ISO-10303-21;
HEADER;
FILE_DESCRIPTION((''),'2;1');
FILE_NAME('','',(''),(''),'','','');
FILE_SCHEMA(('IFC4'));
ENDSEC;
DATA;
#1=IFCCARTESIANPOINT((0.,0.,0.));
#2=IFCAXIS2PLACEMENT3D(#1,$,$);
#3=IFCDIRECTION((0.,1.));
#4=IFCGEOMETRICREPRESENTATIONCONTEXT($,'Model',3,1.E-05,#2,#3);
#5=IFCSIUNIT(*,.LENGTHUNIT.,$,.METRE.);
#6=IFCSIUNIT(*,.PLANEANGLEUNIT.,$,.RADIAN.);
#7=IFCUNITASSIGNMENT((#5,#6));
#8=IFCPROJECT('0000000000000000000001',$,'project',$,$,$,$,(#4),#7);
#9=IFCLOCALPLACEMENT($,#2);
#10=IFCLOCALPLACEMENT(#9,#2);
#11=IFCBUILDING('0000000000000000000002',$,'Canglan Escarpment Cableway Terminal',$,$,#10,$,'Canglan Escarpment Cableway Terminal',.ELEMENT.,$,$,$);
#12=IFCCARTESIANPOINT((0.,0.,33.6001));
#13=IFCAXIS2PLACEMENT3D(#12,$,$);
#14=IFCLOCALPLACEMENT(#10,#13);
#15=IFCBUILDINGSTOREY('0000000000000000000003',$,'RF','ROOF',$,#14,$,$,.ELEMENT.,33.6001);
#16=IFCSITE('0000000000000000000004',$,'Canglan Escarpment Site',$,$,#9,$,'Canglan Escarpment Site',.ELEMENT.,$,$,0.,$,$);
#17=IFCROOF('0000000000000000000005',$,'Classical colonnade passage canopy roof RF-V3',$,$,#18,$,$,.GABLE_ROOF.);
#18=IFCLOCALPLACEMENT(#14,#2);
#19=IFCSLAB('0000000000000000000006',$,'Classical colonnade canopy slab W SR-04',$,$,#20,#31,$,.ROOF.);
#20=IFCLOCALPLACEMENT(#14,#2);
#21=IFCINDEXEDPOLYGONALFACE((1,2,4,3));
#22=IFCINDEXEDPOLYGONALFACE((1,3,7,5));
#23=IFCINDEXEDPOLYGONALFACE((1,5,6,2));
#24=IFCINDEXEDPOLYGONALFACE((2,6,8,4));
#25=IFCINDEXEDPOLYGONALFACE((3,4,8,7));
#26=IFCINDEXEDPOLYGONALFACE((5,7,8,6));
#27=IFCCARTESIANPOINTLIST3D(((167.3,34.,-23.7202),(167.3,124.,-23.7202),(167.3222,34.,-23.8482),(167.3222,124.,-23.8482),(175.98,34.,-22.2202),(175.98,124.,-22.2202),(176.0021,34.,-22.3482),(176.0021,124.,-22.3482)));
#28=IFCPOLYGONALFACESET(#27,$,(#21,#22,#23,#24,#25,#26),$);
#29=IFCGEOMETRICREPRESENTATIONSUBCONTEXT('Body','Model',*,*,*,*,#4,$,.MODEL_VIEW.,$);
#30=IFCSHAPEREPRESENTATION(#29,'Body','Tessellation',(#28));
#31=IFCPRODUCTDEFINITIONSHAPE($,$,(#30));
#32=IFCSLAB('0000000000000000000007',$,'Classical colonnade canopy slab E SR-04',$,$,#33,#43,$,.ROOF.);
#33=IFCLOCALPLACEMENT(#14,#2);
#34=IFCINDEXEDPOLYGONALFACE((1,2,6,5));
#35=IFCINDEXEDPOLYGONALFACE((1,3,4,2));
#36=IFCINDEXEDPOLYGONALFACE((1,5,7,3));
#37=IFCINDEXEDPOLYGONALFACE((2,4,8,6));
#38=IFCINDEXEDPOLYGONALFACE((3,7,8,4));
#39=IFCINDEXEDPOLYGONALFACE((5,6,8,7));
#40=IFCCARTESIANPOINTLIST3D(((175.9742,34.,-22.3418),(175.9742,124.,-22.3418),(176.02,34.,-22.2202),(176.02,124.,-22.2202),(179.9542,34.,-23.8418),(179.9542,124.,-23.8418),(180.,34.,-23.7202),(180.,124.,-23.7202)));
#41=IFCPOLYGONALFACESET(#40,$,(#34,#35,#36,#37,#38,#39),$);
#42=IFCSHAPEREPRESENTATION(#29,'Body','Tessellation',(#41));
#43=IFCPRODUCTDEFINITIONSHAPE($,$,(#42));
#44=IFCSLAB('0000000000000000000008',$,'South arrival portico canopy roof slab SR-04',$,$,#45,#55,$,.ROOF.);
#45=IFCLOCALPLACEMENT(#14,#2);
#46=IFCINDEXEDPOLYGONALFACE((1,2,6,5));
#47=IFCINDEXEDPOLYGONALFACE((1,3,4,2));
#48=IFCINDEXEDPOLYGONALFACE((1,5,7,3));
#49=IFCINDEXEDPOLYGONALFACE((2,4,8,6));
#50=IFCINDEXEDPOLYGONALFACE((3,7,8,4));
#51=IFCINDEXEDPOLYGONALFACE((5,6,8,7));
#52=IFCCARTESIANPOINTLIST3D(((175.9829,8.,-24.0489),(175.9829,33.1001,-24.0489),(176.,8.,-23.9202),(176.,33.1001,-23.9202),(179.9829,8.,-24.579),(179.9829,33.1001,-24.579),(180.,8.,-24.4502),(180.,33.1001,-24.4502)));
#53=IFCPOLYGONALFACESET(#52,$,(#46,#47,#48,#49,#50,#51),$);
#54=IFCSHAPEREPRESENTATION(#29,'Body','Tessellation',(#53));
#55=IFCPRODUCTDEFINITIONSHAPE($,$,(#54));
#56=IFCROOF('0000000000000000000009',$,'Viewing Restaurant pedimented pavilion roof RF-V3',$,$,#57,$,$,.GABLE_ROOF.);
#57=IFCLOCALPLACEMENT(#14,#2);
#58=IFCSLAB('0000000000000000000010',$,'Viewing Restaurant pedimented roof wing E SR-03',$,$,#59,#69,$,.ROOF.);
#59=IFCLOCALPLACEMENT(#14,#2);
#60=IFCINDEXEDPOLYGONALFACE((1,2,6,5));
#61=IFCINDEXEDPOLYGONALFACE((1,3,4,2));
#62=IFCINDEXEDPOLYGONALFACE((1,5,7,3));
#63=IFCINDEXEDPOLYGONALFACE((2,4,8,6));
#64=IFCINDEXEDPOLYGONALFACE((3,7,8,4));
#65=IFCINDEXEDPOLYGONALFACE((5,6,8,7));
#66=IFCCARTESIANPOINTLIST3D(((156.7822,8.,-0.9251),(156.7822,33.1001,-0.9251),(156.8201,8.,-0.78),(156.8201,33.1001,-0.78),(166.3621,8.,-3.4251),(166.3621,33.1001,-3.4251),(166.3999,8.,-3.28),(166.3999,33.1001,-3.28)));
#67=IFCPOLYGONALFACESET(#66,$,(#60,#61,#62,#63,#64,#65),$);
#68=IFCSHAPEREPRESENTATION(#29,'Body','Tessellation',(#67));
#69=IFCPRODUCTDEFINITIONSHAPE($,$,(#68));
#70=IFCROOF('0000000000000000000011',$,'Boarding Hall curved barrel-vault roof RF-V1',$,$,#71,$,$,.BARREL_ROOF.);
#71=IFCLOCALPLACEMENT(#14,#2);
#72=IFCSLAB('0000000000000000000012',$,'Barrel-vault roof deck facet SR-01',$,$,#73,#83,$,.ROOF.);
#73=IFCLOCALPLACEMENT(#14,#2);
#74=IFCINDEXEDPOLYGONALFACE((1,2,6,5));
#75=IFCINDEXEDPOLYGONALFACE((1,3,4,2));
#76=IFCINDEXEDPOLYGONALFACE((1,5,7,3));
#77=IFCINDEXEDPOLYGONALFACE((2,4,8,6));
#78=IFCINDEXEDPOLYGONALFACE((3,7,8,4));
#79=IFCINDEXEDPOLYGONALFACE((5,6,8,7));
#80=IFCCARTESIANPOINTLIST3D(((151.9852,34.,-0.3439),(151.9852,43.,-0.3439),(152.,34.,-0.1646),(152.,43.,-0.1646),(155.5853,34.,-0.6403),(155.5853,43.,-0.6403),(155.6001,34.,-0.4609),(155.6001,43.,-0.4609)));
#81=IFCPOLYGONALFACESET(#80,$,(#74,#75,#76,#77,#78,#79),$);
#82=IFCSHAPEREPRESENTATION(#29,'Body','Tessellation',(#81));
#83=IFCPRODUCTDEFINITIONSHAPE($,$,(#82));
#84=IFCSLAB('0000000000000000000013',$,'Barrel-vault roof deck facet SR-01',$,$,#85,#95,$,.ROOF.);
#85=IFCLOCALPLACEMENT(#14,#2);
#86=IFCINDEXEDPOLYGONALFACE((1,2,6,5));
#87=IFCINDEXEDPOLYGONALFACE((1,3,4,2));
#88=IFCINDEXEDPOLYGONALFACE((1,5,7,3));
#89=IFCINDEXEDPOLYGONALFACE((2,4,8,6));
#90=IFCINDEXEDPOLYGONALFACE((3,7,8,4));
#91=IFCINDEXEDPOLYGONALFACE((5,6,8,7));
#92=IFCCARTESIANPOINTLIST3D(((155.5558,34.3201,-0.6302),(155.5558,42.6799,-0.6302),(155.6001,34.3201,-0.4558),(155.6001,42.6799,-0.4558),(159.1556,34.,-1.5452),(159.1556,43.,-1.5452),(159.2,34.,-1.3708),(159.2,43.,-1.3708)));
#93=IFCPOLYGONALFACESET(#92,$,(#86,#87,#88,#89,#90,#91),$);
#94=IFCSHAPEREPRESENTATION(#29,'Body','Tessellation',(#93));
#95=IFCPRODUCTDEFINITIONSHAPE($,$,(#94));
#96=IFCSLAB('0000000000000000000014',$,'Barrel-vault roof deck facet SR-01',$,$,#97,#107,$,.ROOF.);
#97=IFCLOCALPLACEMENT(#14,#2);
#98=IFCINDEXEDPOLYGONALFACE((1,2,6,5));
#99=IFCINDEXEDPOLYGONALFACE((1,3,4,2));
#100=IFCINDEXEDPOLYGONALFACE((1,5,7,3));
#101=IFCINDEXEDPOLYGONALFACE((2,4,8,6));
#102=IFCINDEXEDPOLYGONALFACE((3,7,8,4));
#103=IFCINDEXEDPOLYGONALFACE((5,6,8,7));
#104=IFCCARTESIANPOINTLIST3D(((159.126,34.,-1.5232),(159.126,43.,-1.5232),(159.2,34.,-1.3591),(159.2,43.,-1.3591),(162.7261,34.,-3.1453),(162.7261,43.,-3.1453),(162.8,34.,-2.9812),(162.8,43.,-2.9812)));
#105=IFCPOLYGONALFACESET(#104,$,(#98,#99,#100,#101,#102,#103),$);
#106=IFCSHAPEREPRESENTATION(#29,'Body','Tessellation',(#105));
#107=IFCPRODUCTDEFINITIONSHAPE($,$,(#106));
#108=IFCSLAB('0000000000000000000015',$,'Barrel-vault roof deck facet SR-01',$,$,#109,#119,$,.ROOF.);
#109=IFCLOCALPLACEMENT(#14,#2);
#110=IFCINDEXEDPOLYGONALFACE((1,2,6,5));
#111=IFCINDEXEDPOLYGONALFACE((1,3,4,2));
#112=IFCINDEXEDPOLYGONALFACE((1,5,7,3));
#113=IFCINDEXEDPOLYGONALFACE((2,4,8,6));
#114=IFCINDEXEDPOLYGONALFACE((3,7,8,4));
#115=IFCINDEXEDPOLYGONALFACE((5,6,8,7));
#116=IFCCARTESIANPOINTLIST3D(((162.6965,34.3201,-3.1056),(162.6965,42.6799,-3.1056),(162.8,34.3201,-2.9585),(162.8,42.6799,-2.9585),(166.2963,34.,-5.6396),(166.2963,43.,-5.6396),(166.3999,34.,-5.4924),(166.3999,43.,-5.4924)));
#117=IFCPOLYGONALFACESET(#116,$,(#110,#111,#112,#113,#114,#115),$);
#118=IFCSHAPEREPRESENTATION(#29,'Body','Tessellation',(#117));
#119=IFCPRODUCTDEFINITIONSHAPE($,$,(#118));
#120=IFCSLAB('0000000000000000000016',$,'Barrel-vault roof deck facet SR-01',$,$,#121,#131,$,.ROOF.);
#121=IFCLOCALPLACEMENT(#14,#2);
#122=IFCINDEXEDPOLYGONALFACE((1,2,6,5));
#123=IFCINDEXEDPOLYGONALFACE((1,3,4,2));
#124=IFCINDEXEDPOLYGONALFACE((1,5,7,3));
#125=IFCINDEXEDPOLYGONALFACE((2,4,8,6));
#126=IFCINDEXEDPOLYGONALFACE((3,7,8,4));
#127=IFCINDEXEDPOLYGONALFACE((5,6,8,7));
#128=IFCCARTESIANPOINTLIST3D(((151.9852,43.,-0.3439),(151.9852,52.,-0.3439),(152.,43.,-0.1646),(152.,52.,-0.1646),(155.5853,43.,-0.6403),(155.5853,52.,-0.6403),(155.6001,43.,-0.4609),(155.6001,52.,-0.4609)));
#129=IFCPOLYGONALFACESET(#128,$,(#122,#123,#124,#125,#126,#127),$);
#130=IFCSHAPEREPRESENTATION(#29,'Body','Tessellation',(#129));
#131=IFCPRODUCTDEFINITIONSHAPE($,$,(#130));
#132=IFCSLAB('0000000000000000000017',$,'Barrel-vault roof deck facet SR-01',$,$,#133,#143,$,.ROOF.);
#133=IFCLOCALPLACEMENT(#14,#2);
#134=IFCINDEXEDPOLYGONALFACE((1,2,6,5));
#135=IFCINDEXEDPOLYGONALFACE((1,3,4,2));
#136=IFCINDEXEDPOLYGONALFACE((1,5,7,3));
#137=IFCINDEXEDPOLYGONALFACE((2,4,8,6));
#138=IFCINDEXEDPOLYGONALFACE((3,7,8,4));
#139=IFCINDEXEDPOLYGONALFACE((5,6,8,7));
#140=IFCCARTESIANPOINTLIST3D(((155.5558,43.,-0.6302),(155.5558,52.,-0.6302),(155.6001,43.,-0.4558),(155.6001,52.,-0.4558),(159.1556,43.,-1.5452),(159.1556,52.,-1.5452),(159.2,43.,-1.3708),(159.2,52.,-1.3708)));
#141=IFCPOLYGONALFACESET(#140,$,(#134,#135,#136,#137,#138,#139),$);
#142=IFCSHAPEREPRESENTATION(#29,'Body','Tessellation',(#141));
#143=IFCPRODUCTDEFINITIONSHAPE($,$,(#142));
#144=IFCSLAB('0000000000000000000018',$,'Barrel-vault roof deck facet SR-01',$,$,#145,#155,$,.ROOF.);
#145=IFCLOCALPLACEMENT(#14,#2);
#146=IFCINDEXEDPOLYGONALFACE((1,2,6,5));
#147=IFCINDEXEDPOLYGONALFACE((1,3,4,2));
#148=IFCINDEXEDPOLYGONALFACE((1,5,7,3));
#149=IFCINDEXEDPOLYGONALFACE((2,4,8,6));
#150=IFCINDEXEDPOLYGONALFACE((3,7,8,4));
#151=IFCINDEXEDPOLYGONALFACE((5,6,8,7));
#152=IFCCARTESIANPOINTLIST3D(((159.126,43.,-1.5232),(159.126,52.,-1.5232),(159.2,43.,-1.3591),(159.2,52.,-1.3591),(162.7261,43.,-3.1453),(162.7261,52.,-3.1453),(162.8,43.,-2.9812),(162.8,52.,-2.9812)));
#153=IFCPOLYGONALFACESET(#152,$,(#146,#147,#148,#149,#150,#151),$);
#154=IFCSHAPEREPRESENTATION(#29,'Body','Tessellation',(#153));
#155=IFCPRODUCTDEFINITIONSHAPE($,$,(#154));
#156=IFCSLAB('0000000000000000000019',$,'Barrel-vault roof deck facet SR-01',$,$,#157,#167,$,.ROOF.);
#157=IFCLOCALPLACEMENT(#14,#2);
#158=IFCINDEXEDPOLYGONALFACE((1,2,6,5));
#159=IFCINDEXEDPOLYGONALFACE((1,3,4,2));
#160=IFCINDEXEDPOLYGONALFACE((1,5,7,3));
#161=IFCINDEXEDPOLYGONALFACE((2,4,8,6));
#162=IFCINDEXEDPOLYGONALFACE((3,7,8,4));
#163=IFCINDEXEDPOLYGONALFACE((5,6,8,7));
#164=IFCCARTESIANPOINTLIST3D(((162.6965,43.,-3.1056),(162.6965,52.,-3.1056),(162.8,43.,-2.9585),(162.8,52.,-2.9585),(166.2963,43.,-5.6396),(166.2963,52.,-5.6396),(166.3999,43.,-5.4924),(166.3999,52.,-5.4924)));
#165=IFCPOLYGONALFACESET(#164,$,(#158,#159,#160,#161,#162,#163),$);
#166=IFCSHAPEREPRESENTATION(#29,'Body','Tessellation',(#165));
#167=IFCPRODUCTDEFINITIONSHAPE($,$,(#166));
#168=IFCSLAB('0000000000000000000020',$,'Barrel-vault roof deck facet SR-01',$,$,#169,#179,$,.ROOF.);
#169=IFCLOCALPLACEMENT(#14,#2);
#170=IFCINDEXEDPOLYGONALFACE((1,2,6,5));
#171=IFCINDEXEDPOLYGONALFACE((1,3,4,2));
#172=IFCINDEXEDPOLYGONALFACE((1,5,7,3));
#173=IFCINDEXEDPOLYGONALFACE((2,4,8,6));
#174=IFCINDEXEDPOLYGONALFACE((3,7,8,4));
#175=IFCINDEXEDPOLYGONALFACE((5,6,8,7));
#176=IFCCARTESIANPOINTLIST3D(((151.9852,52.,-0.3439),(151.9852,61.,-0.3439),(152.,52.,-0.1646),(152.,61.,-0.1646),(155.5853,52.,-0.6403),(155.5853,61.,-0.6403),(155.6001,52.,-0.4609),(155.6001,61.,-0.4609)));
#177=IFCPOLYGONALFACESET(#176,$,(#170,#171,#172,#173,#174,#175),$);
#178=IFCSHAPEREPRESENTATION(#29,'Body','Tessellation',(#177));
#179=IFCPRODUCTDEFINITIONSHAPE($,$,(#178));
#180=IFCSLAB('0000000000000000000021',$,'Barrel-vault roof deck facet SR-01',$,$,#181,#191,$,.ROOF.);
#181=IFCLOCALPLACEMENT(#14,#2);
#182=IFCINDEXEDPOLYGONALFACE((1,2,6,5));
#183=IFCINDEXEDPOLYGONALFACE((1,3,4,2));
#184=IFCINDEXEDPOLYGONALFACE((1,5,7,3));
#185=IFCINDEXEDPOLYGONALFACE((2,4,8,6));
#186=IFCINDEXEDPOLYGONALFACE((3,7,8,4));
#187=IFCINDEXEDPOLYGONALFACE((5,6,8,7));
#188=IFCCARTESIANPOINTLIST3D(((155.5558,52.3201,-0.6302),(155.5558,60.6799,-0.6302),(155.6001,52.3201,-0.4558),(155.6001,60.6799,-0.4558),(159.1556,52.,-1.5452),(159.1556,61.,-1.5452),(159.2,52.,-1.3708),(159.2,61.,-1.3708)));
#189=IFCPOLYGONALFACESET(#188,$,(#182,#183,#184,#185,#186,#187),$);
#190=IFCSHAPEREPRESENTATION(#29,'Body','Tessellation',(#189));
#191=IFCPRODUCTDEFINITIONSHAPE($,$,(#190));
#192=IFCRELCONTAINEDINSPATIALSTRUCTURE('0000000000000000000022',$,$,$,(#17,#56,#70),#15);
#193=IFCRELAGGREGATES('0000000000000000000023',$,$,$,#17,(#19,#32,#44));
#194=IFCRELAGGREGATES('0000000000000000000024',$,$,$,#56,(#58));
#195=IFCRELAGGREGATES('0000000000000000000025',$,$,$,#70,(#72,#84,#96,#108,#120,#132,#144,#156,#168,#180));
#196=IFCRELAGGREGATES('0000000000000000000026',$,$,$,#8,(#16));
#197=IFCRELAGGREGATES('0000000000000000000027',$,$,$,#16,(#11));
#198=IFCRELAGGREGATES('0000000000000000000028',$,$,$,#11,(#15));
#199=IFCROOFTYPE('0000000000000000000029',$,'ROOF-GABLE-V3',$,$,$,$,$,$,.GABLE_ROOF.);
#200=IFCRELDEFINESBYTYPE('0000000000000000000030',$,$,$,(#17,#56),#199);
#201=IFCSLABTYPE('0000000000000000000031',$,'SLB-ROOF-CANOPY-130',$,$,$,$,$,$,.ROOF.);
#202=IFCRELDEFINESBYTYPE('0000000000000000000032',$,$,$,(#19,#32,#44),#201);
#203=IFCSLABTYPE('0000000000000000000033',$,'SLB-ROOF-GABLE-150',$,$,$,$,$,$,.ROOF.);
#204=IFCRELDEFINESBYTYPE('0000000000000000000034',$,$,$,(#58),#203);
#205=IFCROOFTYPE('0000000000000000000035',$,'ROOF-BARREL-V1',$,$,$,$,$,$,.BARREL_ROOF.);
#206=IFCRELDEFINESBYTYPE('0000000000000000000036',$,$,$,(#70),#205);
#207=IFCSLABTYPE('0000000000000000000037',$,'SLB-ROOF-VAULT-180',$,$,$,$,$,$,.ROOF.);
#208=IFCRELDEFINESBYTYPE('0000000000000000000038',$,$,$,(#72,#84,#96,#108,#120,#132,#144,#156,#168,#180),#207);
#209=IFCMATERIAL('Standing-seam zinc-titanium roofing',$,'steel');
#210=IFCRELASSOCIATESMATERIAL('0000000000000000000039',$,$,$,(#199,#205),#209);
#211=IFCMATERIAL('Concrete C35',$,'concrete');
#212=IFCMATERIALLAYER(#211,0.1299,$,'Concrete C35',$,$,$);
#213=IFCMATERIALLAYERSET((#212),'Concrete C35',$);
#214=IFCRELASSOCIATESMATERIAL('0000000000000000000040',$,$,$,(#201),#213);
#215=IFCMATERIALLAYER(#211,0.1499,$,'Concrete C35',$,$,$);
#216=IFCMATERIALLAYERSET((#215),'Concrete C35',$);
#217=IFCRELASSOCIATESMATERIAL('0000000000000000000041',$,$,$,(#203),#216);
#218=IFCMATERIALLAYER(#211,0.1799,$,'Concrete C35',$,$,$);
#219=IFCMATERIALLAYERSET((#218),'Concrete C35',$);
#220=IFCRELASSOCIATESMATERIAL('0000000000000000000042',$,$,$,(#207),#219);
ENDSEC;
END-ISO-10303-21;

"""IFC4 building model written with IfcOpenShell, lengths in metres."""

from ifc_helpers import new_model, si_unit, direction, frame, origin, place, context, subcontext, project, spatial, polyline, outline, extrude, material, layer, layer_set, type_object, element, aggregate, save


model = new_model("IFC4")

# Units and contexts
model_context = context("Model", 3, precision=1e-05, world=origin(), true_north=direction((0.0, 1.0)))
body_context = subcontext(model_context, "Body", "Model", "MODEL_VIEW")
ifc_project = project(units=[si_unit("LENGTHUNIT", "METRE"), si_unit("PLANEANGLEUNIT", "RADIAN")], contexts=[model_context])

# Site, building, storey
site_placement = place(None, origin())
site = spatial("IfcSite", under=ifc_project, at=site_placement, Name="Canglan Escarpment Site", LongName="Canglan Escarpment Site", CompositionType="ELEMENT", RefElevation=0.0)
building_placement = place(site_placement, origin())
building = spatial("IfcBuilding", under=site, at=building_placement, Name="Canglan Escarpment Cableway Terminal", LongName="Canglan Escarpment Cableway Terminal", CompositionType="ELEMENT")
storey_placement = place(building_placement, frame((0.0, 0.0, 33.6001)))
storey = spatial("IfcBuildingStorey", under=building, at=storey_placement, Name="RF", Description="ROOF", CompositionType="ELEMENT", Elevation=33.6001)

# Roof, slabs
ifc_material_1 = material(Name="Standing-seam zinc-titanium roofing", Category="steel")
roof_type_1 = type_object("IfcRoofType", Name="ROOF-GABLE-V3", PredefinedType="GABLE_ROOF", material=ifc_material_1)
roof_1_placement = place(storey_placement, origin())
roof_1 = element("IfcRoof", 1, at=roof_1_placement, inside=storey, type_object=roof_type_1, Name="Classical colonnade passage canopy roof RF-V3", PredefinedType="GABLE_ROOF")
ifc_material_2 = material(Name="Concrete C35", Category="concrete")
ifc_layer_1 = layer(ifc_material_2, 0.1299, Name="Concrete C35")
ifc_layer_set_1 = layer_set([ifc_layer_1], Name="Concrete C35")
slab_type_1 = type_object("IfcSlabType", Name="SLB-ROOF-CANOPY-130", PredefinedType="ROOF", material=ifc_layer_set_1)
slab_1_placement = place(storey_placement, frame((167.3, 34.0, -23.7202), z_axis=(-0.170288, 0.0, 0.985394), x_axis=(0.985394, 0.0, 0.170288)))
slab_1 = element("IfcSlab", 2, at=slab_1_placement, type_object=slab_type_1, Name="Classical colonnade canopy slab W SR-04", PredefinedType="ROOF", context=body_context, shape_type="SweptSolid", body=[
    extrude(outline(polyline([(0.0, 0.0), (8.8086, 0.0), (8.8086, 90.0), (0.0, 90.0), (0.0, 0.0)])), origin(), (0.0, 0.0, -1.0), 0.1299),
])
slab_2_placement = place(storey_placement, frame((176.02, 34.0, -22.2202), z_axis=(0.35267, 0.0, 0.935748), x_axis=(0.935748, 0.0, -0.35267)))
slab_2 = element("IfcSlab", 3, at=slab_2_placement, type_object=slab_type_1, Name="Classical colonnade canopy slab E SR-04", PredefinedType="ROOF", context=body_context, shape_type="SweptSolid", body=[
    extrude(outline(polyline([(0.0, 0.0), (4.2533, 0.0), (4.2533, 90.0), (0.0, 90.0), (0.0, 0.0)])), origin(), (0.0, 0.0, -1.0), 0.1299),
])
slab_3_placement = place(storey_placement, frame((176.0, 8.0, -23.9202), z_axis=(0.131359, 0.0, 0.991335), x_axis=(0.991335, 0.0, -0.131359)))
slab_3 = element("IfcSlab", 4, at=slab_3_placement, type_object=slab_type_1, Name="South arrival portico canopy roof slab SR-04", PredefinedType="ROOF", context=body_context, shape_type="SweptSolid", body=[
    extrude(outline(polyline([(0.0, 0.0), (4.035, 0.0), (4.035, 25.1001), (0.0, 25.1001), (0.0, 0.0)])), origin(), (0.0, 0.0, -1.0), 0.1299),
])
aggregate(roof_1, [slab_1, slab_2, slab_3])

# Roof, slab
roof_2_placement = place(storey_placement, origin())
roof_2 = element("IfcRoof", 5, at=roof_2_placement, inside=storey, type_object=roof_type_1, Name="Viewing Restaurant pedimented pavilion roof RF-V3", PredefinedType="GABLE_ROOF")
ifc_layer_2 = layer(ifc_material_2, 0.1499, Name="Concrete C35")
ifc_layer_set_2 = layer_set([ifc_layer_2], Name="Concrete C35")
slab_type_2 = type_object("IfcSlabType", Name="SLB-ROOF-GABLE-150", PredefinedType="ROOF", material=ifc_layer_set_2)
slab_4_placement = place(storey_placement, frame((156.8201, 8.0, -0.78), z_axis=(0.252508, 0.0, 0.967595), x_axis=(0.967595, 0.0, -0.252508)))
slab_4 = element("IfcSlab", 6, at=slab_4_placement, type_object=slab_type_2, Name="Viewing Restaurant pedimented roof wing E SR-03", PredefinedType="ROOF", context=body_context, shape_type="SweptSolid", body=[
    extrude(outline(polyline([(0.0, 0.0), (9.9007, 0.0), (9.9007, 25.1001), (0.0, 25.1001), (0.0, 0.0)])), origin(), (0.0, 0.0, -1.0), 0.1499),
])
aggregate(roof_2, [slab_4])

# Roof, slabs
roof_type_2 = type_object("IfcRoofType", Name="ROOF-BARREL-V1", PredefinedType="BARREL_ROOF", material=ifc_material_1)
roof_3_placement = place(storey_placement, origin())
roof_3 = element("IfcRoof", 7, at=roof_3_placement, inside=storey, type_object=roof_type_2, Name="Boarding Hall curved barrel-vault roof RF-V1", PredefinedType="BARREL_ROOF")
ifc_layer_3 = layer(ifc_material_2, 0.1799, Name="Concrete C35")
ifc_layer_set_3 = layer_set([ifc_layer_3], Name="Concrete C35")
slab_type_3 = type_object("IfcSlabType", Name="SLB-ROOF-VAULT-180", PredefinedType="ROOF", material=ifc_layer_set_3)
slab_5_placement = place(storey_placement, frame((152.0, 34.0, -0.1646), z_axis=(0.08205, 0.0, 0.996628), x_axis=(0.996628, 0.0, -0.08205)))
slab_5 = element("IfcSlab", 8, at=slab_5_placement, type_object=slab_type_3, Name="Barrel-vault roof deck facet SR-01", PredefinedType="ROOF", context=body_context, shape_type="SweptSolid", body=[
    extrude(outline(polyline([(0.0, 0.0), (3.6123, 0.0), (3.6123, 9.0), (0.0, 9.0), (0.0, 0.0)])), origin(), (0.0, 0.0, -1.0), 0.1799),
])
slab_6_placement = place(storey_placement, frame((155.6001, 34.3201, -0.4558), z_axis=(0.246354, 0.0, 0.96918), x_axis=(0.965602, -0.085853, -0.245444)))
slab_6 = element("IfcSlab", 9, at=slab_6_placement, type_object=slab_type_3, Name="Barrel-vault roof deck facet SR-01", PredefinedType="ROOF", context=body_context, shape_type="SweptSolid", body=[
    extrude(outline(polyline([(0.0, 0.0), (3.7281, 0.0), (2.9554, 8.9668), (-0.7177, 8.329), (0.0, 0.0)])), origin(), (0.0, 0.0, -1.0), 0.1799),
])
slab_7_placement = place(storey_placement, frame((159.2, 34.0, -1.3591), z_axis=(0.410791, 0.0, 0.911729), x_axis=(0.911729, 0.0, -0.410791)))
slab_7 = element("IfcSlab", 10, at=slab_7_placement, type_object=slab_type_3, Name="Barrel-vault roof deck facet SR-01", PredefinedType="ROOF", context=body_context, shape_type="SweptSolid", body=[
    extrude(outline(polyline([(0.0, 0.0), (3.9486, 0.0), (3.9486, 9.0), (0.0, 9.0), (0.0, 0.0)])), origin(), (0.0, 0.0, -1.0), 0.1799),
])
slab_8_placement = place(storey_placement, frame((162.8, 34.3201, -2.9585), z_axis=(0.575601, 0.0, 0.817731), x_axis=(0.815578, -0.072514, -0.574085)))
slab_8 = element("IfcSlab", 11, at=slab_8_placement, type_object=slab_type_3, Name="Barrel-vault roof deck facet SR-01", PredefinedType="ROOF", context=body_context, shape_type="SweptSolid", body=[
    extrude(outline(polyline([(0.0, 0.0), (4.4139, 0.0), (3.7612, 8.9763), (-0.6062, 8.3379), (0.0, 0.0)])), origin(), (0.0, 0.0, -1.0), 0.1799),
])
slab_9_placement = place(storey_placement, frame((152.0, 43.0, -0.1646), z_axis=(0.08205, 0.0, 0.996628), x_axis=(0.996628, 0.0, -0.08205)))
slab_9 = element("IfcSlab", 12, at=slab_9_placement, type_object=slab_type_3, Name="Barrel-vault roof deck facet SR-01", PredefinedType="ROOF", context=body_context, shape_type="SweptSolid", body=[
    extrude(outline(polyline([(0.0, 0.0), (3.6123, 0.0), (3.6123, 9.0), (0.0, 9.0), (0.0, 0.0)])), origin(), (0.0, 0.0, -1.0), 0.1799),
])
slab_10_placement = place(storey_placement, frame((155.6001, 43.0, -0.4558), z_axis=(0.246354, 0.0, 0.96918), x_axis=(0.96918, 0.0, -0.246354)))
slab_10 = element("IfcSlab", 13, at=slab_10_placement, type_object=slab_type_3, Name="Barrel-vault roof deck facet SR-01", PredefinedType="ROOF", context=body_context, shape_type="SweptSolid", body=[
    extrude(outline(polyline([(0.0, 0.0), (3.7143, 0.0), (3.7143, 9.0), (0.0, 9.0), (0.0, 0.0)])), origin(), (0.0, 0.0, -1.0), 0.1799),
])
slab_11_placement = place(storey_placement, frame((159.2, 43.0, -1.3591), z_axis=(0.410791, 0.0, 0.911729), x_axis=(0.911729, 0.0, -0.410791)))
slab_11 = element("IfcSlab", 14, at=slab_11_placement, type_object=slab_type_3, Name="Barrel-vault roof deck facet SR-01", PredefinedType="ROOF", context=body_context, shape_type="SweptSolid", body=[
    extrude(outline(polyline([(0.0, 0.0), (3.9486, 0.0), (3.9486, 9.0), (0.0, 9.0), (0.0, 0.0)])), origin(), (0.0, 0.0, -1.0), 0.1799),
])
slab_12_placement = place(storey_placement, frame((162.8, 43.0, -2.9585), z_axis=(0.575601, 0.0, 0.817731), x_axis=(0.817731, 0.0, -0.575601)))
slab_12 = element("IfcSlab", 15, at=slab_12_placement, type_object=slab_type_3, Name="Barrel-vault roof deck facet SR-01", PredefinedType="ROOF", context=body_context, shape_type="SweptSolid", body=[
    extrude(outline(polyline([(0.0, 0.0), (4.4022, 0.0), (4.4022, 9.0), (0.0, 9.0), (0.0, 0.0)])), origin(), (0.0, 0.0, -1.0), 0.1799),
])
slab_13_placement = place(storey_placement, frame((152.0, 52.0, -0.1646), z_axis=(0.08205, 0.0, 0.996628), x_axis=(0.996628, 0.0, -0.08205)))
slab_13 = element("IfcSlab", 16, at=slab_13_placement, type_object=slab_type_3, Name="Barrel-vault roof deck facet SR-01", PredefinedType="ROOF", context=body_context, shape_type="SweptSolid", body=[
    extrude(outline(polyline([(0.0, 0.0), (3.6123, 0.0), (3.6123, 9.0), (0.0, 9.0), (0.0, 0.0)])), origin(), (0.0, 0.0, -1.0), 0.1799),
])
slab_14_placement = place(storey_placement, frame((155.6001, 52.3201, -0.4558), z_axis=(0.246354, 0.0, 0.96918), x_axis=(0.965602, -0.085853, -0.245444)))
slab_14 = element("IfcSlab", 17, at=slab_14_placement, type_object=slab_type_3, Name="Barrel-vault roof deck facet SR-01", PredefinedType="ROOF", context=body_context, shape_type="SweptSolid", body=[
    extrude(outline(polyline([(0.0, 0.0), (3.7281, 0.0), (2.9554, 8.9668), (-0.7177, 8.329), (0.0, 0.0)])), origin(), (0.0, 0.0, -1.0), 0.1799),
])
aggregate(roof_3, [slab_5, slab_6, slab_7, slab_8, slab_9, slab_10, slab_11, slab_12, slab_13, slab_14])

save(model, "model.ifc")
